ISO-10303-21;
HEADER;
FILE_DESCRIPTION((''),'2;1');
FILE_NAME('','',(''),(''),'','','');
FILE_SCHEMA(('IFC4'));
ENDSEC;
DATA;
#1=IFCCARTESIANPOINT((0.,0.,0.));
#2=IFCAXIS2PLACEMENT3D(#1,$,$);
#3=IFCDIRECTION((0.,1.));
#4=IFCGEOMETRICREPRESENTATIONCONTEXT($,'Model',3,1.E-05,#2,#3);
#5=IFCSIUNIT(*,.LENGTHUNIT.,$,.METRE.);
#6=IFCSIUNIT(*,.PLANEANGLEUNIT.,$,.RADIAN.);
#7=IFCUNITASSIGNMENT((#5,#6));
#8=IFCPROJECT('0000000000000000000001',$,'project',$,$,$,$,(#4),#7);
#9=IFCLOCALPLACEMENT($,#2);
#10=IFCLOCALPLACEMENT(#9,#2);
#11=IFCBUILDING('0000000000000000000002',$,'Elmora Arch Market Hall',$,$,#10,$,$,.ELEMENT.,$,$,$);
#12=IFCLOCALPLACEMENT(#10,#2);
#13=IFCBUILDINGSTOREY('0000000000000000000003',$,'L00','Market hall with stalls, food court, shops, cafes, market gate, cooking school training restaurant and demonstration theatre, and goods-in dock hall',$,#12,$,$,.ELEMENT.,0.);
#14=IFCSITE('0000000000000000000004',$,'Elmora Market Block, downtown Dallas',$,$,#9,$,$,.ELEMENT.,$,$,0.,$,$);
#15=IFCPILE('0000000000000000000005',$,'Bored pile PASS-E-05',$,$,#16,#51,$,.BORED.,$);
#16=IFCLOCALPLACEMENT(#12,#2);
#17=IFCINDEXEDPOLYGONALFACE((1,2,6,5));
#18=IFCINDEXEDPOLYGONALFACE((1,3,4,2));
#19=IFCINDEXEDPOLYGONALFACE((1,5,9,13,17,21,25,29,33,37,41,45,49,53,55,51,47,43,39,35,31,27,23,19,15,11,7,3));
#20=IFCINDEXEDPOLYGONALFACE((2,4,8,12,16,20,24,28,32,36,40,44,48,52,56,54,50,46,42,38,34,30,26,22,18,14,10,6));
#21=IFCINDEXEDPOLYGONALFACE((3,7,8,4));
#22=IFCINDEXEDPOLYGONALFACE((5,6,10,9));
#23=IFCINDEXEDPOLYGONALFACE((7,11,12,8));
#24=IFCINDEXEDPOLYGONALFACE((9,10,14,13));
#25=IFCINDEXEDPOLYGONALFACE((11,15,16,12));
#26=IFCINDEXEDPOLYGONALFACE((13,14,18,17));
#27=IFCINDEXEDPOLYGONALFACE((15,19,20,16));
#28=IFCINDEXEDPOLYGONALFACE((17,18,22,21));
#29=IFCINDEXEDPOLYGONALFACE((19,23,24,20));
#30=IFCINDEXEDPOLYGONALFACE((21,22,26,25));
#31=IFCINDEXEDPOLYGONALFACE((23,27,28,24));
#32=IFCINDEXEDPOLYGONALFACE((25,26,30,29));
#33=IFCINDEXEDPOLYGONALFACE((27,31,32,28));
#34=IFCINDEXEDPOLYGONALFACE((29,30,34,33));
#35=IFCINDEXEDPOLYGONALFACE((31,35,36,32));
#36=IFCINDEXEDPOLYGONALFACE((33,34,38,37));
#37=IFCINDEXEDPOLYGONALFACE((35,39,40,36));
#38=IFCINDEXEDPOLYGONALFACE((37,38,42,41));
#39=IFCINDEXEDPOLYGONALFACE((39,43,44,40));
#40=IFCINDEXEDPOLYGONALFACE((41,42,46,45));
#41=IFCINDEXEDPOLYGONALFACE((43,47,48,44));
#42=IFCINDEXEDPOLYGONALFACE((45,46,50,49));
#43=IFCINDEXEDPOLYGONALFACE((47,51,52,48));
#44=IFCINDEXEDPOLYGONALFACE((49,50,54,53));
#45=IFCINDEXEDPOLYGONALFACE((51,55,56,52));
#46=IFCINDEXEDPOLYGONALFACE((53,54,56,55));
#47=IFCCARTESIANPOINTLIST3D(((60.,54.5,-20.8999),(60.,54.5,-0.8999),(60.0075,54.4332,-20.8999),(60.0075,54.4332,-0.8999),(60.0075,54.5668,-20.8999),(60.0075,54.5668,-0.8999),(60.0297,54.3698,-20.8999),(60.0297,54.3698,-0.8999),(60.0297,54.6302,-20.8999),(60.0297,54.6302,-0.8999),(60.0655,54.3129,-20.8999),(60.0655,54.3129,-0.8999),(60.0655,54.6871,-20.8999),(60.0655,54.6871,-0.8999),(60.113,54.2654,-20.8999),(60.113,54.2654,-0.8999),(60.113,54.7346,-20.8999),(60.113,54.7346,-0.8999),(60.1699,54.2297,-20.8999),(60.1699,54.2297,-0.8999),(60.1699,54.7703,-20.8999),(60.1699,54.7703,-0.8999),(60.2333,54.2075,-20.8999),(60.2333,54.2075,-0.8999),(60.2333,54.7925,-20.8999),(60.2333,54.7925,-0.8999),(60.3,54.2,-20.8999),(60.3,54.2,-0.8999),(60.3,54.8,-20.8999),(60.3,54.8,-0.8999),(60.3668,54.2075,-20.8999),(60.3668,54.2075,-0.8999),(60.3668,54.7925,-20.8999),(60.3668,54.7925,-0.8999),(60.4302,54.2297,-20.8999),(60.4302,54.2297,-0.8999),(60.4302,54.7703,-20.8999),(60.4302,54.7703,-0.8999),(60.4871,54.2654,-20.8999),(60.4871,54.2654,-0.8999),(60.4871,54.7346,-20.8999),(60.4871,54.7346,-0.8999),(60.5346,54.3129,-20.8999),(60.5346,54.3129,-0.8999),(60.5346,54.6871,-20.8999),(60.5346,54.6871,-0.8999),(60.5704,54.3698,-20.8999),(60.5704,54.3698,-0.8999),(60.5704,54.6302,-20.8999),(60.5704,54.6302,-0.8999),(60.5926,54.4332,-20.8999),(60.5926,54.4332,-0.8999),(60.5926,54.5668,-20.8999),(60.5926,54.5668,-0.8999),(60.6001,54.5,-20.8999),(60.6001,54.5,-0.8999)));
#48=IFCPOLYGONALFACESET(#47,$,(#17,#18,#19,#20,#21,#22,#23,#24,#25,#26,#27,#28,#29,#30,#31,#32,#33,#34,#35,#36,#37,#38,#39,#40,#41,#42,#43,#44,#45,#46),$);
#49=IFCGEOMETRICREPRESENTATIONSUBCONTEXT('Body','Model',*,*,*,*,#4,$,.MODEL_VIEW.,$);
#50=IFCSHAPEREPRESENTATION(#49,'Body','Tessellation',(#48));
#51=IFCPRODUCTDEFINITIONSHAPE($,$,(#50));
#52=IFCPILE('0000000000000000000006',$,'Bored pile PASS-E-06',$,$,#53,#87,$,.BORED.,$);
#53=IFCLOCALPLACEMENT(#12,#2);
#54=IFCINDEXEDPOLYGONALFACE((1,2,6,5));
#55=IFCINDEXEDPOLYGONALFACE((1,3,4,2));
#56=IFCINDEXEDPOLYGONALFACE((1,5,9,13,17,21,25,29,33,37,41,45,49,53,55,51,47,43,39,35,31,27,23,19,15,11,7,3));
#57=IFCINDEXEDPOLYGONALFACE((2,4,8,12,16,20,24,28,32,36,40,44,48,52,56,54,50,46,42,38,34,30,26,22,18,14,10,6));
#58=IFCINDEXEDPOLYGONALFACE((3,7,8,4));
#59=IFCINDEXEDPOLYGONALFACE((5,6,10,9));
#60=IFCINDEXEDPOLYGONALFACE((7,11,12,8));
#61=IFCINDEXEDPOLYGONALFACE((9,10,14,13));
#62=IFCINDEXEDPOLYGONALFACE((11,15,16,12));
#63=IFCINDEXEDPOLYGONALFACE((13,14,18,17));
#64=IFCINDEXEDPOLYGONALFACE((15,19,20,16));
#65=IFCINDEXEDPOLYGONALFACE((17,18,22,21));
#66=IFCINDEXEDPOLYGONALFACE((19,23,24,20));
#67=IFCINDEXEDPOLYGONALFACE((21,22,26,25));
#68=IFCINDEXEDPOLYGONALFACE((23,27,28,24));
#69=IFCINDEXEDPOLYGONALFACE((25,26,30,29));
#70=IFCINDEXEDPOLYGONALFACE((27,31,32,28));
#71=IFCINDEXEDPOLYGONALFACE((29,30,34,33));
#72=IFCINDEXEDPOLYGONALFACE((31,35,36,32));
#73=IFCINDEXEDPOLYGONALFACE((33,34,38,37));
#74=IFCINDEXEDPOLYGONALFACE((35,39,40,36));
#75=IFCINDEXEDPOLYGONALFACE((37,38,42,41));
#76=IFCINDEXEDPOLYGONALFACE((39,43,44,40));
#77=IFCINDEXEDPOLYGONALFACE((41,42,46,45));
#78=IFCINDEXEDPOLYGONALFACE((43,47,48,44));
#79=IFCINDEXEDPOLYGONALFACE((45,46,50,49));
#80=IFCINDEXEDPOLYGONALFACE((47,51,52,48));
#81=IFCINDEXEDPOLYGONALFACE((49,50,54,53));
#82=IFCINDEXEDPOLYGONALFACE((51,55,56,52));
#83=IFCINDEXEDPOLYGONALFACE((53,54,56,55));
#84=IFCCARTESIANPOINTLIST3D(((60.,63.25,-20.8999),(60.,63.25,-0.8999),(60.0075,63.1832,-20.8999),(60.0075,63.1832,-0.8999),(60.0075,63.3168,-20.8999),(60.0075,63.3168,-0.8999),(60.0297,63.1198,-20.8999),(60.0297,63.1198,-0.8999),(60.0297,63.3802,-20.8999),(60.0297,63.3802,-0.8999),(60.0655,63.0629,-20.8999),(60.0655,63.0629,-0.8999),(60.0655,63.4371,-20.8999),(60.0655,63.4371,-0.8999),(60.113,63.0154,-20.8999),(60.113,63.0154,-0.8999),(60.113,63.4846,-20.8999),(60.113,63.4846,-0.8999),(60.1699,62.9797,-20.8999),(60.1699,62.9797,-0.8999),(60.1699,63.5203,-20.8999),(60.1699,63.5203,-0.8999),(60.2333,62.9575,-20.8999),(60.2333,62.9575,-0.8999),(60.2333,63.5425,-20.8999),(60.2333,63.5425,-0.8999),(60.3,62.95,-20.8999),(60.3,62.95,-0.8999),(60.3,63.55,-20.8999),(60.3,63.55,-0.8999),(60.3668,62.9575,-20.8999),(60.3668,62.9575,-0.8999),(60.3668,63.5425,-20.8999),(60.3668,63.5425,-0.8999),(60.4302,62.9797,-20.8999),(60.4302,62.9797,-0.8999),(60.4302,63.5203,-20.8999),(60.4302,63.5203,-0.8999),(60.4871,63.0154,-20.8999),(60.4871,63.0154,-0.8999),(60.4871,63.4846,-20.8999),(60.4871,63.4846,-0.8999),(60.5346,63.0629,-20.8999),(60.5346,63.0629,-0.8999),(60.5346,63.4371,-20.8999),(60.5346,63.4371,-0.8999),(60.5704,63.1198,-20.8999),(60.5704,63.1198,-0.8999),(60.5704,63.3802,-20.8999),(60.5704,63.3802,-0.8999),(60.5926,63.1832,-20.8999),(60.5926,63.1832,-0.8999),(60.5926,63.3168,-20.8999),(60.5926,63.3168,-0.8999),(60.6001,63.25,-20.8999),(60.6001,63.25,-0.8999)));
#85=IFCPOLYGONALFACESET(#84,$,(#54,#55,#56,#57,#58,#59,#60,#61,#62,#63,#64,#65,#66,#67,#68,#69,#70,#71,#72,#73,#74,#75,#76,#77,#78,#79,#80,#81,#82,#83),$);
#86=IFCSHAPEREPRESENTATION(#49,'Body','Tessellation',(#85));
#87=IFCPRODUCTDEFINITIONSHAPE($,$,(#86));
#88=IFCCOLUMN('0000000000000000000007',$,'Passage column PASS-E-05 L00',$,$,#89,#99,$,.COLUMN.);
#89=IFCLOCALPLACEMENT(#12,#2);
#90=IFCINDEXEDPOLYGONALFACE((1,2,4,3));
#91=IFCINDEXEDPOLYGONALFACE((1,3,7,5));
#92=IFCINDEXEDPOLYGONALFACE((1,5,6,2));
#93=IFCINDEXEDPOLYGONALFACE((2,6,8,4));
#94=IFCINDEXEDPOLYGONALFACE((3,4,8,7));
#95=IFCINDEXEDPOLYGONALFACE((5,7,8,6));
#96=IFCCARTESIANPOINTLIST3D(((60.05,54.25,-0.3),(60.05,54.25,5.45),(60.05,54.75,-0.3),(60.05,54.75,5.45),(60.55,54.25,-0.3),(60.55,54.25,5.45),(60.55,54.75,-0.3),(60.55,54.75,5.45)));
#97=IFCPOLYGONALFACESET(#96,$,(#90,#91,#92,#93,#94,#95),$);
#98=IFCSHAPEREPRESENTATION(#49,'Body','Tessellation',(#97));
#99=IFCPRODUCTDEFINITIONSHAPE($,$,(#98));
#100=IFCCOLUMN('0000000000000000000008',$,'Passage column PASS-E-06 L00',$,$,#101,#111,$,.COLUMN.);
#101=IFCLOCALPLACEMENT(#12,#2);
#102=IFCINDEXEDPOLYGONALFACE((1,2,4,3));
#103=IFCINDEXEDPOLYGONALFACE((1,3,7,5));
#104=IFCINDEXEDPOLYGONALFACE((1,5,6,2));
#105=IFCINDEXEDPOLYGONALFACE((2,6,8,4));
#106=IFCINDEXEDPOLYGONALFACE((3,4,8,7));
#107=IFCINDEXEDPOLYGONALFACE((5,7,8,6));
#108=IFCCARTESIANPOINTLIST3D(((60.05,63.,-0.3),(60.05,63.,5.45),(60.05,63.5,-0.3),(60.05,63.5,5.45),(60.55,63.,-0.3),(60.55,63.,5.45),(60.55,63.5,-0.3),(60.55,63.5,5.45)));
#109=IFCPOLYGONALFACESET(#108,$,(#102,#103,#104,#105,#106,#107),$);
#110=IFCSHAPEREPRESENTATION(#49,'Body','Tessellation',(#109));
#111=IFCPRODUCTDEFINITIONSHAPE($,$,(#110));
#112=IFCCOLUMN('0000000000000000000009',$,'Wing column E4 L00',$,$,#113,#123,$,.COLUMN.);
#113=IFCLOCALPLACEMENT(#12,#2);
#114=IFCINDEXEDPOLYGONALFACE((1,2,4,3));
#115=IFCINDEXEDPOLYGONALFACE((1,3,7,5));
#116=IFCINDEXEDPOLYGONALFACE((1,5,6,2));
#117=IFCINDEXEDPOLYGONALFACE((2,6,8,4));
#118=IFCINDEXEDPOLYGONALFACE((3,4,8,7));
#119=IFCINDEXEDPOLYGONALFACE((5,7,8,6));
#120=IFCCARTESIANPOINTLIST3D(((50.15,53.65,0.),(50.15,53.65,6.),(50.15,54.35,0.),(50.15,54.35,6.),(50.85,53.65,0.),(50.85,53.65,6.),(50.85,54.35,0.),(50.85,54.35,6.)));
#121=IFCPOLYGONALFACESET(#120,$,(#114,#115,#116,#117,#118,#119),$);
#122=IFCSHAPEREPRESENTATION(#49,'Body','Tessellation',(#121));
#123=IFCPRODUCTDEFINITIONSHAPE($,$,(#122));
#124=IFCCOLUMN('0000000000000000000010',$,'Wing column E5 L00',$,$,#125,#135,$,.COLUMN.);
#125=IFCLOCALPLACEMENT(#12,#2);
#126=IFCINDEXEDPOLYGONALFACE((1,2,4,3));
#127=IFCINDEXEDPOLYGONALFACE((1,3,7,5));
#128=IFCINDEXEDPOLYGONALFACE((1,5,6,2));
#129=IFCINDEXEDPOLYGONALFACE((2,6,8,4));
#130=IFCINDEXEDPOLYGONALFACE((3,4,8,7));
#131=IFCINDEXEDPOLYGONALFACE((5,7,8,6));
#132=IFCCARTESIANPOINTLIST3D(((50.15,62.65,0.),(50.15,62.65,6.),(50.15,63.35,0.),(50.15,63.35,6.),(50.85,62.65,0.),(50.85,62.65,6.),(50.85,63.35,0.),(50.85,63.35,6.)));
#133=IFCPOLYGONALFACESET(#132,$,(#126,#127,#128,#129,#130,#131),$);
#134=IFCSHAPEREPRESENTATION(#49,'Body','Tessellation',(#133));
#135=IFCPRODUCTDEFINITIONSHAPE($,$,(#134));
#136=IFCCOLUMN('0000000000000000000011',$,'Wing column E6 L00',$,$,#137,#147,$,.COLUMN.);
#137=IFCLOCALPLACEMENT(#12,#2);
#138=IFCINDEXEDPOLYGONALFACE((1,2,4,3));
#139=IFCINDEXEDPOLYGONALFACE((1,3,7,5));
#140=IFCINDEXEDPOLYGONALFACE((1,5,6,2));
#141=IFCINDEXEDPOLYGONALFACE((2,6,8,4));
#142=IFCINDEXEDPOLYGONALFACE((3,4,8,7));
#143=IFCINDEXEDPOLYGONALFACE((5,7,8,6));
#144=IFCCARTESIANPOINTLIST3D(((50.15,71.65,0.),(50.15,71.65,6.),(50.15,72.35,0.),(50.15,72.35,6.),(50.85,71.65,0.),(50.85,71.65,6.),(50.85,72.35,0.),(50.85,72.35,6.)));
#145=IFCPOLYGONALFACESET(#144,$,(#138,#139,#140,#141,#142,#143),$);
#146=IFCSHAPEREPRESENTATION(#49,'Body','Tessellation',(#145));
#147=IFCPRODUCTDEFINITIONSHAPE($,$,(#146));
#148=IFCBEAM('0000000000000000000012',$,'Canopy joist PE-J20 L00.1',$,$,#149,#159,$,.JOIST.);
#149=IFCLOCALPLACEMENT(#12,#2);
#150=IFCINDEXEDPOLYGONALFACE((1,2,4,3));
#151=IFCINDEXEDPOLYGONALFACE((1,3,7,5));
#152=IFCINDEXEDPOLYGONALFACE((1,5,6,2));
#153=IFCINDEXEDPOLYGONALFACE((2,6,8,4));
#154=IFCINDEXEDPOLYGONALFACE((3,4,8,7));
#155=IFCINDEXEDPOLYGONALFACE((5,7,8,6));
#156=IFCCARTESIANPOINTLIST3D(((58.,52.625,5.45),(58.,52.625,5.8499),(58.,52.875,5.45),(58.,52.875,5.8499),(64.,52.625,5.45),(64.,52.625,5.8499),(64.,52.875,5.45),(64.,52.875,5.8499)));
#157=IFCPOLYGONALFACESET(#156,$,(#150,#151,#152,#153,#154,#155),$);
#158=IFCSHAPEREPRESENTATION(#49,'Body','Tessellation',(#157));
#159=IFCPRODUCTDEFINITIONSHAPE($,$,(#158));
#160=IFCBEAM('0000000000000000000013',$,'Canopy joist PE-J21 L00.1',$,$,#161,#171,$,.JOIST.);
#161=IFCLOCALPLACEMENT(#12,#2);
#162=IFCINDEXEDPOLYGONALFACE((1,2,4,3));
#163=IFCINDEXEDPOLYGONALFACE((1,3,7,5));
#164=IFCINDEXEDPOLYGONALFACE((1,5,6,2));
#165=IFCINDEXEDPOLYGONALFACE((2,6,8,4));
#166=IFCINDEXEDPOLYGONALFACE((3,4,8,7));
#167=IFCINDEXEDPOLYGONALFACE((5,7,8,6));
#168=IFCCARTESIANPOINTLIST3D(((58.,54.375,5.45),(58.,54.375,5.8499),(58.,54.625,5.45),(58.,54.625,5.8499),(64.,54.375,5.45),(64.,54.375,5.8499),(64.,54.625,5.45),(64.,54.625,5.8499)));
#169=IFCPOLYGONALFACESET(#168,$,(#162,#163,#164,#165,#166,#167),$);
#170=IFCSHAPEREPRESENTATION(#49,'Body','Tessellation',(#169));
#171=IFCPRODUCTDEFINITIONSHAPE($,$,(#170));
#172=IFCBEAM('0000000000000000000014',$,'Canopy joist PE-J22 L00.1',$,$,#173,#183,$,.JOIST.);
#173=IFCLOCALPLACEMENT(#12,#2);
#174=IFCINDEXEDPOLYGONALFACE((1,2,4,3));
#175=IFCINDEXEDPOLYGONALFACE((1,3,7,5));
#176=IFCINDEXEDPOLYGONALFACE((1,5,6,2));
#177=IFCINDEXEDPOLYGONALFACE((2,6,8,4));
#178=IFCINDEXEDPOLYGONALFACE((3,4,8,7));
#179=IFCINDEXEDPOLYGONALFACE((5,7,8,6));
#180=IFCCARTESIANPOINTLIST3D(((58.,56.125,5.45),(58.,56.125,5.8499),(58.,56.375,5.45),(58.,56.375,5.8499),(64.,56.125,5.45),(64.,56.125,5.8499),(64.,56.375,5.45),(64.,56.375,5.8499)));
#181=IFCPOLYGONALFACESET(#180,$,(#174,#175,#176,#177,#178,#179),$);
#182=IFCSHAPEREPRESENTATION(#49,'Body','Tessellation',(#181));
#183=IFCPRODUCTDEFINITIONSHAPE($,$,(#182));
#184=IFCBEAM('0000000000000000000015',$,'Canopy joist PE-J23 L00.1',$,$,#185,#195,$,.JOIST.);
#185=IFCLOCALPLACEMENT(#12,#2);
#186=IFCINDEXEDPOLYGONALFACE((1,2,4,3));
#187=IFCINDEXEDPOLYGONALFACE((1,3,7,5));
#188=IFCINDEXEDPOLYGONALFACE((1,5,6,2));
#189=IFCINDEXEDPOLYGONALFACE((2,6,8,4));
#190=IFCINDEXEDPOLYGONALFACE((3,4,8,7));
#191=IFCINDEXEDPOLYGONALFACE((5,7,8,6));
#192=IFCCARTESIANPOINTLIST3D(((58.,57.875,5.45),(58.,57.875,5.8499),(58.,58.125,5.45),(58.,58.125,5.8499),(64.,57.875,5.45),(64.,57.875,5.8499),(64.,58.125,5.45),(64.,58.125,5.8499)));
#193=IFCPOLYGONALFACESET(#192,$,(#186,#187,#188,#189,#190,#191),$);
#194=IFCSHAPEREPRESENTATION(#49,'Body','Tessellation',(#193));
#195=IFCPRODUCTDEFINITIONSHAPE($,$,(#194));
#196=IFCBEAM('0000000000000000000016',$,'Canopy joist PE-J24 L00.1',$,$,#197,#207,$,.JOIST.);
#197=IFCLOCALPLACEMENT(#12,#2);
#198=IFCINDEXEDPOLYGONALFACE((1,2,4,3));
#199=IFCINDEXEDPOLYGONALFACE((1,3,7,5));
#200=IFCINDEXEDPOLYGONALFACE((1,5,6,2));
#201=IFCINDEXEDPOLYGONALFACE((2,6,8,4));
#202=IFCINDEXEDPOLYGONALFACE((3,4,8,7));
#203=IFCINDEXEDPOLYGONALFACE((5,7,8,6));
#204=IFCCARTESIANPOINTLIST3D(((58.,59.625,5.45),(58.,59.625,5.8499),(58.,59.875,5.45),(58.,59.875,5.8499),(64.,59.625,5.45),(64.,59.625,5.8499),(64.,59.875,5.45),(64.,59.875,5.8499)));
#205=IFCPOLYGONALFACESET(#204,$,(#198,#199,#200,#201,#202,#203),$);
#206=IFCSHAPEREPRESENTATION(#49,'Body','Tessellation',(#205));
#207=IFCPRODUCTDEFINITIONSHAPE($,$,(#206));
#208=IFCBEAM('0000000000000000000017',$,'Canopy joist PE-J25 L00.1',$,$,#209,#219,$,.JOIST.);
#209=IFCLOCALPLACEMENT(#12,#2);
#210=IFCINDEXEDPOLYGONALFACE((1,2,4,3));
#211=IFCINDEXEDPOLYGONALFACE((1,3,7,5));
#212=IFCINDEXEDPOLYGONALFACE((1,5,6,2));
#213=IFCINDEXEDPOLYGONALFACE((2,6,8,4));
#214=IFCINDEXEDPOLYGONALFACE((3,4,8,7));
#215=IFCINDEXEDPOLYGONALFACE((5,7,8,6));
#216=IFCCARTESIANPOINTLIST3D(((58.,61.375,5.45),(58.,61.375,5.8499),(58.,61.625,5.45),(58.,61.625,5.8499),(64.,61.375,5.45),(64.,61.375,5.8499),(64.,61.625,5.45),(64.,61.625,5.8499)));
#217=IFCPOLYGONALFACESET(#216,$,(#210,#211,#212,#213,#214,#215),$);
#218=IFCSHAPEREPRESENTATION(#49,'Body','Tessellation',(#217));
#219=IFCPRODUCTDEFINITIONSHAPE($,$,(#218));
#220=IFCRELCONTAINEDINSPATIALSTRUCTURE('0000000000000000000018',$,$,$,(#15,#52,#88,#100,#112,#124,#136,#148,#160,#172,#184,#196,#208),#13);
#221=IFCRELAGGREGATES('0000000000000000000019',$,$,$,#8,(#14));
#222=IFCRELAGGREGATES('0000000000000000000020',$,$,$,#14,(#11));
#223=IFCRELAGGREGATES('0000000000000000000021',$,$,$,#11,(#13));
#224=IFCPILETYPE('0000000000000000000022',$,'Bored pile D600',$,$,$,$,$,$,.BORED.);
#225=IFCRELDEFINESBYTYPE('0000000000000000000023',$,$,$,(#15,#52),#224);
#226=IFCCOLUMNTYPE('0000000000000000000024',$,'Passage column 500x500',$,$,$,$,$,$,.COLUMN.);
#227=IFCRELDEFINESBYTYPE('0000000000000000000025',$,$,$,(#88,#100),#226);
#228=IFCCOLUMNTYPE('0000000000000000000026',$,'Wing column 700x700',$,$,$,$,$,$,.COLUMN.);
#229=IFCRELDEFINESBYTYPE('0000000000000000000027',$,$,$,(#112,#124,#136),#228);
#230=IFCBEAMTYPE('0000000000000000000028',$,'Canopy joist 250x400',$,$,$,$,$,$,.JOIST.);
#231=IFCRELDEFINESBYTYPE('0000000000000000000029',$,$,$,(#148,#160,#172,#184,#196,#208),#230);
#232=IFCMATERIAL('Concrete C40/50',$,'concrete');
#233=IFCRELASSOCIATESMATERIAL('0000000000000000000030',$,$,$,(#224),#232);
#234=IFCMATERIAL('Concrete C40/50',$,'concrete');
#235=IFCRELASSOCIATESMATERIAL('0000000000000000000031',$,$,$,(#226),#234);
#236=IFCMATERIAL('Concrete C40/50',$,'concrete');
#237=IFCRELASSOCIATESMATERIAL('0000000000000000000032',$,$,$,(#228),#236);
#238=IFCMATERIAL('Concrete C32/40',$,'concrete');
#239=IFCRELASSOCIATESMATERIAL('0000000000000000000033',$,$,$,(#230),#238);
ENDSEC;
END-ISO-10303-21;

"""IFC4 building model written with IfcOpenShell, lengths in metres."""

from ifc_helpers import new_model, si_unit, direction, frame, origin, origin_2d, place, context, subcontext, project, spatial, rectangle, circle, extrude, material, material_profile, profile_set, type_object, element, save


model = new_model("IFC4")

# Units and contexts
model_context = context("Model", 3, precision=1e-05, world=origin(), true_north=direction((0.0, 1.0)))
body_context = subcontext(model_context, "Body", "Model", "MODEL_VIEW")
ifc_project = project(units=[si_unit("LENGTHUNIT", "METRE"), si_unit("PLANEANGLEUNIT", "RADIAN")], contexts=[model_context])

# Site, building, storey
site_placement = place(None, origin())
site = spatial("IfcSite", under=ifc_project, at=site_placement, Name="Elmora Market Block, downtown Dallas", CompositionType="ELEMENT", RefElevation=0.0)
building_placement = place(site_placement, origin())
building = spatial("IfcBuilding", under=site, at=building_placement, Name="Elmora Arch Market Hall", CompositionType="ELEMENT")
storey_placement = place(building_placement, origin())
storey = spatial("IfcBuildingStorey", under=building, at=storey_placement, Name="L00", Description="Market hall with stalls, food court, shops, cafes, market gate, cooking school training restaurant and demonstration theatre, and goods-in dock hall", CompositionType="ELEMENT", Elevation=0.0)

# Piles
ifc_material_1 = material(Name="Concrete C40/50", Category="concrete")
ifc_material_profile_1 = material_profile(ifc_material_1, circle(Radius=0.3, at=origin_2d()), Name="Bored pile D600")
ifc_profile_set_1 = profile_set([ifc_material_profile_1], Name="Concrete C40/50")
pile_type = type_object("IfcPileType", Name="Bored pile D600", PredefinedType="BORED", material=ifc_profile_set_1)
for number, where, z_axis, x_axis, name in (
    (1, (60.3, 54.5, -0.8999), (0.0, 0.0, -1.0), (1.0, 0.0, 0.0), "Bored pile PASS-E-05"),
    (2, (60.3, 63.25, -0.8999), (0.0, 0.0, -1.0), (1.0, 0.0, 0.0), "Bored pile PASS-E-06"),
):
    element("IfcPile", number, at=place(storey_placement, frame(where, z_axis=z_axis, x_axis=x_axis)), inside=storey, type_object=pile_type, Name=name, PredefinedType="BORED", context=body_context, shape_type="SweptSolid", body=[
        extrude(circle(Radius=0.3, at=origin_2d()), origin(), (0.0, 0.0, 1.0), 20.0),
    ])

# Columns
ifc_material_2 = material(Name="Concrete C40/50", Category="concrete")
ifc_material_profile_2 = material_profile(ifc_material_2, rectangle(XDim=0.5, YDim=0.5, at=origin_2d()), Name="Passage column 500x500")
ifc_profile_set_2 = profile_set([ifc_material_profile_2], Name="Concrete C40/50")
column_type_1 = type_object("IfcColumnType", Name="Passage column 500x500", PredefinedType="COLUMN", material=ifc_profile_set_2)
for number, where, z_axis, x_axis, name in (
    (3, (60.3, 54.5, -0.3), (0.0, 0.0, 1.0), (1.0, 0.0, 0.0), "Passage column PASS-E-05 L00"),
    (4, (60.3, 63.25, -0.3), (0.0, 0.0, 1.0), (1.0, 0.0, 0.0), "Passage column PASS-E-06 L00"),
):
    element("IfcColumn", number, at=place(storey_placement, frame(where, z_axis=z_axis, x_axis=x_axis)), inside=storey, type_object=column_type_1, Name=name, PredefinedType="COLUMN", context=body_context, shape_type="SweptSolid", body=[
        extrude(rectangle(XDim=0.5, YDim=0.5, at=origin_2d()), origin(), (0.0, 0.0, 1.0), 5.75),
    ])
ifc_material_3 = material(Name="Concrete C40/50", Category="concrete")
ifc_material_profile_3 = material_profile(ifc_material_3, rectangle(XDim=0.7, YDim=0.7, at=origin_2d()), Name="Wing column 700x700")
ifc_profile_set_3 = profile_set([ifc_material_profile_3], Name="Concrete C40/50")
column_type_2 = type_object("IfcColumnType", Name="Wing column 700x700", PredefinedType="COLUMN", material=ifc_profile_set_3)
for number, where, z_axis, x_axis, name in (
    (5, (50.5, 54.0, 0.0), (0.0, 0.0, 1.0), (1.0, 0.0, 0.0), "Wing column E4 L00"),
    (6, (50.5, 63.0, 0.0), (0.0, 0.0, 1.0), (1.0, 0.0, 0.0), "Wing column E5 L00"),
    (7, (50.5, 72.0, 0.0), (0.0, 0.0, 1.0), (1.0, 0.0, 0.0), "Wing column E6 L00"),
):
    element("IfcColumn", number, at=place(storey_placement, frame(where, z_axis=z_axis, x_axis=x_axis)), inside=storey, type_object=column_type_2, Name=name, PredefinedType="COLUMN", context=body_context, shape_type="SweptSolid", body=[
        extrude(rectangle(XDim=0.7, YDim=0.7, at=origin_2d()), origin(), (0.0, 0.0, 1.0), 6.0),
    ])

# Beams
ifc_material_4 = material(Name="Concrete C32/40", Category="concrete")
ifc_material_profile_4 = material_profile(ifc_material_4, rectangle(XDim=0.25, YDim=0.3999, at=origin_2d()), Name="Canopy joist 250x400")
ifc_profile_set_4 = profile_set([ifc_material_profile_4], Name="Concrete C32/40")
beam_type_1 = type_object("IfcBeamType", Name="Canopy joist 250x400", PredefinedType="JOIST", material=ifc_profile_set_4)
for number, where, z_axis, x_axis, name in (
    (8, (58.0, 52.75, 5.6499), (1.0, 0.0, 0.0), (0.0, 1.0, 0.0), "Canopy joist PE-J20 L00.1"),
    (9, (58.0, 54.5, 5.6499), (1.0, 0.0, 0.0), (0.0, 1.0, 0.0), "Canopy joist PE-J21 L00.1"),
    (10, (58.0, 56.25, 5.6499), (1.0, 0.0, 0.0), (0.0, 1.0, 0.0), "Canopy joist PE-J22 L00.1"),
    (11, (58.0, 58.0, 5.6499), (1.0, 0.0, 0.0), (0.0, 1.0, 0.0), "Canopy joist PE-J23 L00.1"),
    (12, (58.0, 59.75, 5.6499), (1.0, 0.0, 0.0), (0.0, 1.0, 0.0), "Canopy joist PE-J24 L00.1"),
    (13, (58.0, 61.5, 5.6499), (1.0, 0.0, 0.0), (0.0, 1.0, 0.0), "Canopy joist PE-J25 L00.1"),
):
    element("IfcBeam", number, at=place(storey_placement, frame(where, z_axis=z_axis, x_axis=x_axis)), inside=storey, type_object=beam_type_1, Name=name, PredefinedType="JOIST", context=body_context, shape_type="SweptSolid", body=[
        extrude(rectangle(XDim=0.25, YDim=0.3999, at=origin_2d()), origin(), (0.0, 0.0, 1.0), 6.0),
    ])

save(model, "model.ifc")
